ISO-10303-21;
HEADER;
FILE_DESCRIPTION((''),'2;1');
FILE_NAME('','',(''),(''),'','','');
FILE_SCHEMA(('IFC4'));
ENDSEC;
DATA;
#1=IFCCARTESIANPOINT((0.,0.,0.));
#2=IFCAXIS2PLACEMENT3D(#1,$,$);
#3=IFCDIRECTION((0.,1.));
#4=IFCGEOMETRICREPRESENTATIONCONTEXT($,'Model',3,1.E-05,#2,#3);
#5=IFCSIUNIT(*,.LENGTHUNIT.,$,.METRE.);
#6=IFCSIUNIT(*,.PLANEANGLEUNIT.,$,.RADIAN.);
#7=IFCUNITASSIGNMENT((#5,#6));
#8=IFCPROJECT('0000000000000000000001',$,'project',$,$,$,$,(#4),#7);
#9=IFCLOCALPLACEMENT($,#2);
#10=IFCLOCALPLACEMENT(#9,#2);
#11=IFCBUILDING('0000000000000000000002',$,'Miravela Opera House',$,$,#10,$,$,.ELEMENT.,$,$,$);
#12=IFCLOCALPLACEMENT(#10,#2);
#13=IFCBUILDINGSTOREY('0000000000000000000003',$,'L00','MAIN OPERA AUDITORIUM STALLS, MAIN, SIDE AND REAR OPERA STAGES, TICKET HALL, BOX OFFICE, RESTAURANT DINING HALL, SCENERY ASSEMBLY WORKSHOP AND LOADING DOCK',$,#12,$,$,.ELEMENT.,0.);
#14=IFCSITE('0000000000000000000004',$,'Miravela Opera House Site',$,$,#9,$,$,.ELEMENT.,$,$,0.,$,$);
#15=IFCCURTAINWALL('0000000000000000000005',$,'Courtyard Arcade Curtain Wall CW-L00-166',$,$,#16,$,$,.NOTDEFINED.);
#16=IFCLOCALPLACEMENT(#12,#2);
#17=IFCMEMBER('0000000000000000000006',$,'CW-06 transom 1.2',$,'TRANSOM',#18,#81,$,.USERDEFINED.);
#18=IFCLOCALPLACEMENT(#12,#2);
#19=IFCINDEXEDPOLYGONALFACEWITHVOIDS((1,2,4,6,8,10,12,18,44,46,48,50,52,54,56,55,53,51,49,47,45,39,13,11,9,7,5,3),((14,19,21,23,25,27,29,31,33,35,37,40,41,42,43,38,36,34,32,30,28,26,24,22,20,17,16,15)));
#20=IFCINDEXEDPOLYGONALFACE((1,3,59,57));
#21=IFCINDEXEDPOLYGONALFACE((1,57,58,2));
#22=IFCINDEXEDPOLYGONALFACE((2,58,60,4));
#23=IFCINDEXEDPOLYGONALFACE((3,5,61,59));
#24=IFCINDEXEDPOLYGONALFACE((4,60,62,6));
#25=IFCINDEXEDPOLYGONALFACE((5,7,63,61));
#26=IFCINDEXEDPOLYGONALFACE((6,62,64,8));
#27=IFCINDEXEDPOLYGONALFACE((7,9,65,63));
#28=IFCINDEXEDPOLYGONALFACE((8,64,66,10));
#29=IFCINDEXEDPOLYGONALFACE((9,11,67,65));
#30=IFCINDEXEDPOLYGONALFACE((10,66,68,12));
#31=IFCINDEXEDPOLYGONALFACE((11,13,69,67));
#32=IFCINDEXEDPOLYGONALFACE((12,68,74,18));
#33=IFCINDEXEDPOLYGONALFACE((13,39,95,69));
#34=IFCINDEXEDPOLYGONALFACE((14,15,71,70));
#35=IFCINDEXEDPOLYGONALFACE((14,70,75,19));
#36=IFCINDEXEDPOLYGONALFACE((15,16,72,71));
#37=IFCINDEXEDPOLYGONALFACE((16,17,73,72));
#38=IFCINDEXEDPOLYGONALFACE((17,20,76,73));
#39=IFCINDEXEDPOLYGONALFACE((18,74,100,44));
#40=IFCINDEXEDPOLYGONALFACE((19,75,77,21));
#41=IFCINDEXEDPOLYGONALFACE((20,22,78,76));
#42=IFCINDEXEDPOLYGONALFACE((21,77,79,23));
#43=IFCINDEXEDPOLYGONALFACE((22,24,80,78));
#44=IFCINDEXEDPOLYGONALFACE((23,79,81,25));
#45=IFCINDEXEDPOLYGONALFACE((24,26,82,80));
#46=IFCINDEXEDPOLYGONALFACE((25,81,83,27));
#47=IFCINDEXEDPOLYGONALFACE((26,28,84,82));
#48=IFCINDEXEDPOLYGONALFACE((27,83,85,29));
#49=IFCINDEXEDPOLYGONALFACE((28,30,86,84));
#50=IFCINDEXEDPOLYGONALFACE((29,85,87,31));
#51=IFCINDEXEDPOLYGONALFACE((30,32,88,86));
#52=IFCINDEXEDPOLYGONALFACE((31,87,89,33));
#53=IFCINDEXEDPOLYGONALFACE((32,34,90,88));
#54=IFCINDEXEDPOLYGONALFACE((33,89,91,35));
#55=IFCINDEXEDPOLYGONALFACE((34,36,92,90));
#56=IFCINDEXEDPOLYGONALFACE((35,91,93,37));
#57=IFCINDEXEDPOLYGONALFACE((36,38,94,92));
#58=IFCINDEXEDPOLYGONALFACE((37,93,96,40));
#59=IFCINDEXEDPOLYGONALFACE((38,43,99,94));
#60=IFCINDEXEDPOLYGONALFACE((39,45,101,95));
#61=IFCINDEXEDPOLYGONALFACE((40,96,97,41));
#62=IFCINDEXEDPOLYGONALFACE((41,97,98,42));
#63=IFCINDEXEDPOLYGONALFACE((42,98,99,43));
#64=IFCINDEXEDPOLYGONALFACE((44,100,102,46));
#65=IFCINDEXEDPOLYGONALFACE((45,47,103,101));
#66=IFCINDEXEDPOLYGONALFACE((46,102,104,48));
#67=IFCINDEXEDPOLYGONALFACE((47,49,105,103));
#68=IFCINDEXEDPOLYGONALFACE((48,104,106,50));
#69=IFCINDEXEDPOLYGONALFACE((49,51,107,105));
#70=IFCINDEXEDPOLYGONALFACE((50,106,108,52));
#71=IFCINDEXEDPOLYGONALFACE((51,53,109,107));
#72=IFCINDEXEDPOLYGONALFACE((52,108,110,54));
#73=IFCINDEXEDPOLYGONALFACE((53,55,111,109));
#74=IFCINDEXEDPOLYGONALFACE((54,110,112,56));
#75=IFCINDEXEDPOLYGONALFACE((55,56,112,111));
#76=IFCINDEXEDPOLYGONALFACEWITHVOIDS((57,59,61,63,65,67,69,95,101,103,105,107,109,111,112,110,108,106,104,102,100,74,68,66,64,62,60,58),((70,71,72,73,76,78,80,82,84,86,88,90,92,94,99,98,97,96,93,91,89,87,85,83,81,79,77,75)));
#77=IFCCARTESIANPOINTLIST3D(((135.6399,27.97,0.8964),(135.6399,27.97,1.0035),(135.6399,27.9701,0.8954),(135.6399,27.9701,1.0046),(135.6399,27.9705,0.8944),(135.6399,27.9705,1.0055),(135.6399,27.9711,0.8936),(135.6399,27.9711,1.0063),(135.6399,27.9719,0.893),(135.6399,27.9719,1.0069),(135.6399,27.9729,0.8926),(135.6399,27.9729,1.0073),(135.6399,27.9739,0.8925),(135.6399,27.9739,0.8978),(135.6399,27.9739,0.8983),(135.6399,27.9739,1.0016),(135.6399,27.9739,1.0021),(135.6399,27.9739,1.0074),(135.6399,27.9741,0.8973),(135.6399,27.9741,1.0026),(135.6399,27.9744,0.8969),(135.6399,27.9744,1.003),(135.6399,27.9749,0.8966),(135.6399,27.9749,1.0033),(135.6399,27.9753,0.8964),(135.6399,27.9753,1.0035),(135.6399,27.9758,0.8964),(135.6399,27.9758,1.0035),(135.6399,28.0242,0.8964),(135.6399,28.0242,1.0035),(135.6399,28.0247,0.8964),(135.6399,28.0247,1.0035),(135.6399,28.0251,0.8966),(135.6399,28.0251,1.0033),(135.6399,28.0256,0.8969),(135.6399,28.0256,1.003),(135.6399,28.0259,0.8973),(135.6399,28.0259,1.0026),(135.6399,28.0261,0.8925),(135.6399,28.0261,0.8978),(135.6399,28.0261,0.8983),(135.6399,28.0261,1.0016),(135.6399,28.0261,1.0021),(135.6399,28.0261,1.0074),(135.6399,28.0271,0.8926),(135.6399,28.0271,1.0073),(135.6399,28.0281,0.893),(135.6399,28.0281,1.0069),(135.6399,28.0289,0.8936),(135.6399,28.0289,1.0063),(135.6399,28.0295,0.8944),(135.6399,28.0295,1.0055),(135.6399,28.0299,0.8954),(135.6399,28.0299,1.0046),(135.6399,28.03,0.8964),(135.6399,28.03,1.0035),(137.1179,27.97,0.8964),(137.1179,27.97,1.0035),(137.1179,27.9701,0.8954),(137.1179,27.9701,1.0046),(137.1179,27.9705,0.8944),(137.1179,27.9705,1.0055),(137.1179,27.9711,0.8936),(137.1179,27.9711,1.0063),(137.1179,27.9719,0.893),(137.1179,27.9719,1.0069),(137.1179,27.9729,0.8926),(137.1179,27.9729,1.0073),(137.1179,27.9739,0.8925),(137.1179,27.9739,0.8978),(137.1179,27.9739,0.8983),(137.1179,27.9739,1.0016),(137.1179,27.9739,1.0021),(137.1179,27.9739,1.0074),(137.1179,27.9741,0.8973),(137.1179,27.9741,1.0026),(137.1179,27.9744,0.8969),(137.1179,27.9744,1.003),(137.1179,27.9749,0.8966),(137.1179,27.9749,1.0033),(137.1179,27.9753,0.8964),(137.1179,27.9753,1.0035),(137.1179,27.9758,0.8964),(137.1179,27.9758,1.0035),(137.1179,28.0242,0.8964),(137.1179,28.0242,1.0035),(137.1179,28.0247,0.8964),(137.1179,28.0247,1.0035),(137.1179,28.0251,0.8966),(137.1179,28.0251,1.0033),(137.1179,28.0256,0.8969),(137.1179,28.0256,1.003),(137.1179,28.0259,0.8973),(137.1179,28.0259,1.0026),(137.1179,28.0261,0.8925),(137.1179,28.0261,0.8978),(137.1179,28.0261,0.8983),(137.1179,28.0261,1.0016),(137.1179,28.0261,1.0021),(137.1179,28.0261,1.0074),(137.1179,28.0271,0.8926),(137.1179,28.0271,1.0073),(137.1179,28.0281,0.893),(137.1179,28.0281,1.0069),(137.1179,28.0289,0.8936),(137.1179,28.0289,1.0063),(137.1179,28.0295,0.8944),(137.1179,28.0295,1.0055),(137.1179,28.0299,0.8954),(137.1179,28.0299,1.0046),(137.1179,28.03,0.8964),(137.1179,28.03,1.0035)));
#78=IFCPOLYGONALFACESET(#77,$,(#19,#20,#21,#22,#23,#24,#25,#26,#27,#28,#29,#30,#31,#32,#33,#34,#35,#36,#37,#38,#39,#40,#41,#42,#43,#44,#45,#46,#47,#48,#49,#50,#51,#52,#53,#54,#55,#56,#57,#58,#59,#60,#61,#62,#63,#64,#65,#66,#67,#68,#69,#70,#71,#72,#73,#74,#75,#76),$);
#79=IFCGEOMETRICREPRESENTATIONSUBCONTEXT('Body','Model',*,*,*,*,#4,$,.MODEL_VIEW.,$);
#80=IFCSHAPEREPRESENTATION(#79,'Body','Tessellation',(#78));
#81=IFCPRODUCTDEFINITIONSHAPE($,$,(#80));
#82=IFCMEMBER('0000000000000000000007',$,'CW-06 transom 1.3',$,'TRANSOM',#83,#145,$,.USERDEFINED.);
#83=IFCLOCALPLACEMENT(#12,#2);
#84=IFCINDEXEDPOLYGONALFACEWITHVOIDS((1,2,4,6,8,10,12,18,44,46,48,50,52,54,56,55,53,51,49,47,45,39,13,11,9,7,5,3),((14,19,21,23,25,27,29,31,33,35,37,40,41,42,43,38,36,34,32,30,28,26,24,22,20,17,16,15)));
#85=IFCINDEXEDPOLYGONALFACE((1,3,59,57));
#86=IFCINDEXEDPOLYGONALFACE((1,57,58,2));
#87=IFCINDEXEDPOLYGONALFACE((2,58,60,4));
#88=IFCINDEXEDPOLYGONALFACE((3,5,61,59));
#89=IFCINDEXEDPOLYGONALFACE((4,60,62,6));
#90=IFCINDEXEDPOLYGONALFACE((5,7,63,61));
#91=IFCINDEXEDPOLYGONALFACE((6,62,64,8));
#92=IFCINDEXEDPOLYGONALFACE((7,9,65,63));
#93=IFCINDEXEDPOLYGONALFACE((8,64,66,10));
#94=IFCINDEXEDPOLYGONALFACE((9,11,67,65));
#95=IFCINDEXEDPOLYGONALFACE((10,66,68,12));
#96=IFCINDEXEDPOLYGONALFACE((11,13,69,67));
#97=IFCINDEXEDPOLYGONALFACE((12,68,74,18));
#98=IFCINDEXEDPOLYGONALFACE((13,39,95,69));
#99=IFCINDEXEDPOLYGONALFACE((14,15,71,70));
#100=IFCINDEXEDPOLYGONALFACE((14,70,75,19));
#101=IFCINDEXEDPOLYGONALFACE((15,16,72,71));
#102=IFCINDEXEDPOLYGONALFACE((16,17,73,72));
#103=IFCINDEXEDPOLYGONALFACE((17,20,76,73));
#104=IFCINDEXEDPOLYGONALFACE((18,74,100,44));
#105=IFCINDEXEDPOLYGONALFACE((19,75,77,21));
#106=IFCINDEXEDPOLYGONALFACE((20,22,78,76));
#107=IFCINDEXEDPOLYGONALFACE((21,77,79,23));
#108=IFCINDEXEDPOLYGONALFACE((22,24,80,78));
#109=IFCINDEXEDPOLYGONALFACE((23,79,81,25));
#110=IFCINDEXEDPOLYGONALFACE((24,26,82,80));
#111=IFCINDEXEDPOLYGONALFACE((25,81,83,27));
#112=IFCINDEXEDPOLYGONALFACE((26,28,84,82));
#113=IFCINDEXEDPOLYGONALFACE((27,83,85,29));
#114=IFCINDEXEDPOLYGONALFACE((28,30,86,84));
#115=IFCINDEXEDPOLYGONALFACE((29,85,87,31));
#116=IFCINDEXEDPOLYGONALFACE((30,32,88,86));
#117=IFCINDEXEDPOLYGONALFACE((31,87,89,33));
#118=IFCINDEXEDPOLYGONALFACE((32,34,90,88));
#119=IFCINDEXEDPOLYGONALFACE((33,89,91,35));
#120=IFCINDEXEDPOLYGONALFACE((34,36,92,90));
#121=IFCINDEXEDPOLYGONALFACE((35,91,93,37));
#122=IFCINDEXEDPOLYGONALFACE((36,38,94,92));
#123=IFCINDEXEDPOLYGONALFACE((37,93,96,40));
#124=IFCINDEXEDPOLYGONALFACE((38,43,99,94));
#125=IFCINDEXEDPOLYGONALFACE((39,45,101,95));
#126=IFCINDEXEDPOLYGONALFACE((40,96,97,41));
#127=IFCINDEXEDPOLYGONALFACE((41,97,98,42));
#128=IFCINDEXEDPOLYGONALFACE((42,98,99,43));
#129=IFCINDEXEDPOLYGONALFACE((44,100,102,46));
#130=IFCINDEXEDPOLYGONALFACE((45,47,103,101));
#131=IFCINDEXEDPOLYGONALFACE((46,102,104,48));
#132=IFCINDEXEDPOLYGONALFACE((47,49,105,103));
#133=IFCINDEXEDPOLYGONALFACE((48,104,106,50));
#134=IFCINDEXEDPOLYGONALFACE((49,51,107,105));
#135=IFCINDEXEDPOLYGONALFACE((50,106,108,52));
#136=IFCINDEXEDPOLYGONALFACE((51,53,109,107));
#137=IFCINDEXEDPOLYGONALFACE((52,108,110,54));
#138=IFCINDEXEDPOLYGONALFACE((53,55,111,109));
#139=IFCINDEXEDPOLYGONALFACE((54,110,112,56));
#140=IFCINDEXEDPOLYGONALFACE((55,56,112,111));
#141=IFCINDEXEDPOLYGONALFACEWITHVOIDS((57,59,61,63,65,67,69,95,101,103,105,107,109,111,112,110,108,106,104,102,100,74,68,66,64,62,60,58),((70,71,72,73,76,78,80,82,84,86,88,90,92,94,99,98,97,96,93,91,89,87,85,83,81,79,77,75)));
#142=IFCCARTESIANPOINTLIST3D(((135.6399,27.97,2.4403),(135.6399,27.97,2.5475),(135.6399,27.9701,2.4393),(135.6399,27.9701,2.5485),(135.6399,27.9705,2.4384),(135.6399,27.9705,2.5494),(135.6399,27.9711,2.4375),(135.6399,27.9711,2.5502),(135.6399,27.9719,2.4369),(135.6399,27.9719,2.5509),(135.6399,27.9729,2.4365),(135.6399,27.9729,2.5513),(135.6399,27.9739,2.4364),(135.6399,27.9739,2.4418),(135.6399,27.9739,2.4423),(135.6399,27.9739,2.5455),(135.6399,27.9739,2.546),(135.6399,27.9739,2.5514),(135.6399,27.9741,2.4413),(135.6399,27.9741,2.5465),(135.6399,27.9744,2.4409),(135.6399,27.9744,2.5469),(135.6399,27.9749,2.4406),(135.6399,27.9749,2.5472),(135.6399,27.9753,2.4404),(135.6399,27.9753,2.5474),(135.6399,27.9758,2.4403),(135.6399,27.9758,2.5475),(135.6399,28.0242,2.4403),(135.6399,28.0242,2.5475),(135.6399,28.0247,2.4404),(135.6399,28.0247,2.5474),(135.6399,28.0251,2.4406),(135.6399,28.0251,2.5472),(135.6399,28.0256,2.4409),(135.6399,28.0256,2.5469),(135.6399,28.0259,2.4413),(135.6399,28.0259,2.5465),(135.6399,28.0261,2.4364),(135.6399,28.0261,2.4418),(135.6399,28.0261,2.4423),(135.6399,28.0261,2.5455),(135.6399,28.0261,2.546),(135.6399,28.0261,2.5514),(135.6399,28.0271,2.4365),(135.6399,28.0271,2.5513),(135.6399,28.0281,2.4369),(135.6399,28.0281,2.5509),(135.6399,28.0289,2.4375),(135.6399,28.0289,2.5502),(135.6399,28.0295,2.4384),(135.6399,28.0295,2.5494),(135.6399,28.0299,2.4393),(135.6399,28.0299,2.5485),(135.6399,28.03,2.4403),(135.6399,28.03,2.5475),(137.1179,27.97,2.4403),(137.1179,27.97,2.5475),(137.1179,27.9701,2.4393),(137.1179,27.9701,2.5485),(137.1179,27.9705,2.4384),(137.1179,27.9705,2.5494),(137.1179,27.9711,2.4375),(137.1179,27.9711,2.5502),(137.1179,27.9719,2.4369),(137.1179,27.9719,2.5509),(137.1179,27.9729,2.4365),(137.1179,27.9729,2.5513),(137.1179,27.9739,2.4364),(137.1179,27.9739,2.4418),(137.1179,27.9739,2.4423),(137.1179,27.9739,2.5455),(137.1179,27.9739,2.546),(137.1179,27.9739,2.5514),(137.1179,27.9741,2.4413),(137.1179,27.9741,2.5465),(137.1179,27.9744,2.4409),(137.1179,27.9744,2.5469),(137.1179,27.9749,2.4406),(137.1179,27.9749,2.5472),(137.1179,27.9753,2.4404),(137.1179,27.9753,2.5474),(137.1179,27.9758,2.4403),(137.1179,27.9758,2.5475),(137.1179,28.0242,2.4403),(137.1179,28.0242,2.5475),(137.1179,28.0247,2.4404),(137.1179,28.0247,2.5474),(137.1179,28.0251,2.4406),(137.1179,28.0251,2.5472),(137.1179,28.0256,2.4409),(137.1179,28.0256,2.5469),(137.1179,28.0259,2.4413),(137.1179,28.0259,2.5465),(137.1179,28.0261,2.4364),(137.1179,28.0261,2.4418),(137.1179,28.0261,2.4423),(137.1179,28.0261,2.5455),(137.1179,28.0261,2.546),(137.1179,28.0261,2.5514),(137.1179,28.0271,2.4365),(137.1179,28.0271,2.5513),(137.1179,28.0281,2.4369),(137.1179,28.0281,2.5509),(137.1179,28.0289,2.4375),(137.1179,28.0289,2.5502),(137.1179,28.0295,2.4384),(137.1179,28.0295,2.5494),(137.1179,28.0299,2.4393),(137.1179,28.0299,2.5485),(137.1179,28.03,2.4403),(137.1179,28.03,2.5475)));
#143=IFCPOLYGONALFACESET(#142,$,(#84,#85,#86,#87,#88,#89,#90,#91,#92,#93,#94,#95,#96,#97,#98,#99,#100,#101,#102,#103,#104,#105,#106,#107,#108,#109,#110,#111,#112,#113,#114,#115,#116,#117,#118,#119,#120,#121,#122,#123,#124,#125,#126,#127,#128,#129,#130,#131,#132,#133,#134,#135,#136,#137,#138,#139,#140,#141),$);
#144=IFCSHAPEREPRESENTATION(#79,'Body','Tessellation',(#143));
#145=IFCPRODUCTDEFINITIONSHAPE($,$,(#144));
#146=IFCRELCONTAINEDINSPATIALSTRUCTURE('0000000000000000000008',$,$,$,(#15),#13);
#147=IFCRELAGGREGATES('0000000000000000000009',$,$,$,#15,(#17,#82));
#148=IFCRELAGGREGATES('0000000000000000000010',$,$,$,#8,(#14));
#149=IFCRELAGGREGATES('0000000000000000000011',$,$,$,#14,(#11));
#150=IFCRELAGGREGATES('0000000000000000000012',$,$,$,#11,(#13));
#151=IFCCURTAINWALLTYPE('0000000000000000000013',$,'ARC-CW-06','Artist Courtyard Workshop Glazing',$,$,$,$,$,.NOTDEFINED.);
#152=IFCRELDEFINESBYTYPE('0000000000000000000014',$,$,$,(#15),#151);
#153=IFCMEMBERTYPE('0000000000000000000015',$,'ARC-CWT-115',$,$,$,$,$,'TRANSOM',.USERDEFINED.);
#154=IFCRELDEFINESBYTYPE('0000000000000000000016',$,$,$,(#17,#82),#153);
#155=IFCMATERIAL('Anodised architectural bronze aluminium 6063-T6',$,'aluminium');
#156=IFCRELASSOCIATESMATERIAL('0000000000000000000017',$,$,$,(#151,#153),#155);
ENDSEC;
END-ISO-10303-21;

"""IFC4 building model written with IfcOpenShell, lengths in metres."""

from ifc_helpers import new_model, si_unit, direction, frame, origin, origin_2d, place, context, subcontext, project, spatial, hollow_rectangle, extrude, material, material_profile, profile_set, type_object, element, aggregate, save


model = new_model("IFC4")

# Units and contexts
model_context = context("Model", 3, precision=1e-05, world=origin(), true_north=direction((0.0, 1.0)))
body_context = subcontext(model_context, "Body", "Model", "MODEL_VIEW")
ifc_project = project(units=[si_unit("LENGTHUNIT", "METRE"), si_unit("PLANEANGLEUNIT", "RADIAN")], contexts=[model_context])

# Site, building, storey
site_placement = place(None, origin())
site = spatial("IfcSite", under=ifc_project, at=site_placement, Name="Miravela Opera House Site", CompositionType="ELEMENT", RefElevation=0.0)
building_placement = place(site_placement, origin())
building = spatial("IfcBuilding", under=site, at=building_placement, Name="Miravela Opera House", CompositionType="ELEMENT")
storey_placement = place(building_placement, origin())
storey = spatial("IfcBuildingStorey", under=building, at=storey_placement, Name="L00", Description="MAIN OPERA AUDITORIUM STALLS, MAIN, SIDE AND REAR OPERA STAGES, TICKET HALL, BOX OFFICE, RESTAURANT DINING HALL, SCENERY ASSEMBLY WORKSHOP AND LOADING DOCK", CompositionType="ELEMENT", Elevation=0.0)

# Curtain wall, members
ifc_material_1 = material(Name="Anodised architectural bronze aluminium 6063-T6", Category="aluminium")
curtain_wall_type = type_object("IfcCurtainWallType", Name="ARC-CW-06", Description="Artist Courtyard Workshop Glazing", PredefinedType="NOTDEFINED", material=ifc_material_1)
curtain_wall_placement = place(storey_placement, origin())
curtain_wall = element("IfcCurtainWall", 1, at=curtain_wall_placement, inside=storey, type_object=curtain_wall_type, Name="Courtyard Arcade Curtain Wall CW-L00-166", PredefinedType="NOTDEFINED")
ifc_material_profile_1 = material_profile(ifc_material_1, hollow_rectangle(XDim=0.0601, YDim=0.115, WallThickness=0.0039, InnerFilletRadius=0.002, OuterFilletRadius=0.0039, at=origin_2d()), Name="CWT-60X115")
ifc_profile_set_1 = profile_set([ifc_material_profile_1])
member_type_1 = type_object("IfcMemberType", Name="ARC-CWT-115", ElementType="TRANSOM", PredefinedType="USERDEFINED", material=ifc_profile_set_1)
member_1_placement = place(storey_placement, frame((135.6399, 28.0, 0.95), z_axis=(1.0, 0.0, 0.0), x_axis=(0.0, 1.0, 0.0)))
member_1 = element("IfcMember", 2, at=member_1_placement, type_object=member_type_1, Name="CW-06 transom 1.2", ObjectType="TRANSOM", PredefinedType="USERDEFINED", context=body_context, shape_type="SweptSolid", body=[
    extrude(hollow_rectangle(XDim=0.0601, YDim=0.115, WallThickness=0.0039, InnerFilletRadius=0.002, OuterFilletRadius=0.0039, at=origin_2d()), origin(), (0.0, 0.0, 1.0), 1.478),
])
member_2_placement = place(storey_placement, frame((135.6399, 28.0, 2.4939), z_axis=(1.0, 0.0, 0.0), x_axis=(0.0, 1.0, 0.0)))
member_2 = element("IfcMember", 3, at=member_2_placement, type_object=member_type_1, Name="CW-06 transom 1.3", ObjectType="TRANSOM", PredefinedType="USERDEFINED", context=body_context, shape_type="SweptSolid", body=[
    extrude(hollow_rectangle(XDim=0.0601, YDim=0.115, WallThickness=0.0039, InnerFilletRadius=0.002, OuterFilletRadius=0.0039, at=origin_2d()), origin(), (0.0, 0.0, 1.0), 1.478),
])
aggregate(curtain_wall, [member_1, member_2])

save(model, "model.ifc")
